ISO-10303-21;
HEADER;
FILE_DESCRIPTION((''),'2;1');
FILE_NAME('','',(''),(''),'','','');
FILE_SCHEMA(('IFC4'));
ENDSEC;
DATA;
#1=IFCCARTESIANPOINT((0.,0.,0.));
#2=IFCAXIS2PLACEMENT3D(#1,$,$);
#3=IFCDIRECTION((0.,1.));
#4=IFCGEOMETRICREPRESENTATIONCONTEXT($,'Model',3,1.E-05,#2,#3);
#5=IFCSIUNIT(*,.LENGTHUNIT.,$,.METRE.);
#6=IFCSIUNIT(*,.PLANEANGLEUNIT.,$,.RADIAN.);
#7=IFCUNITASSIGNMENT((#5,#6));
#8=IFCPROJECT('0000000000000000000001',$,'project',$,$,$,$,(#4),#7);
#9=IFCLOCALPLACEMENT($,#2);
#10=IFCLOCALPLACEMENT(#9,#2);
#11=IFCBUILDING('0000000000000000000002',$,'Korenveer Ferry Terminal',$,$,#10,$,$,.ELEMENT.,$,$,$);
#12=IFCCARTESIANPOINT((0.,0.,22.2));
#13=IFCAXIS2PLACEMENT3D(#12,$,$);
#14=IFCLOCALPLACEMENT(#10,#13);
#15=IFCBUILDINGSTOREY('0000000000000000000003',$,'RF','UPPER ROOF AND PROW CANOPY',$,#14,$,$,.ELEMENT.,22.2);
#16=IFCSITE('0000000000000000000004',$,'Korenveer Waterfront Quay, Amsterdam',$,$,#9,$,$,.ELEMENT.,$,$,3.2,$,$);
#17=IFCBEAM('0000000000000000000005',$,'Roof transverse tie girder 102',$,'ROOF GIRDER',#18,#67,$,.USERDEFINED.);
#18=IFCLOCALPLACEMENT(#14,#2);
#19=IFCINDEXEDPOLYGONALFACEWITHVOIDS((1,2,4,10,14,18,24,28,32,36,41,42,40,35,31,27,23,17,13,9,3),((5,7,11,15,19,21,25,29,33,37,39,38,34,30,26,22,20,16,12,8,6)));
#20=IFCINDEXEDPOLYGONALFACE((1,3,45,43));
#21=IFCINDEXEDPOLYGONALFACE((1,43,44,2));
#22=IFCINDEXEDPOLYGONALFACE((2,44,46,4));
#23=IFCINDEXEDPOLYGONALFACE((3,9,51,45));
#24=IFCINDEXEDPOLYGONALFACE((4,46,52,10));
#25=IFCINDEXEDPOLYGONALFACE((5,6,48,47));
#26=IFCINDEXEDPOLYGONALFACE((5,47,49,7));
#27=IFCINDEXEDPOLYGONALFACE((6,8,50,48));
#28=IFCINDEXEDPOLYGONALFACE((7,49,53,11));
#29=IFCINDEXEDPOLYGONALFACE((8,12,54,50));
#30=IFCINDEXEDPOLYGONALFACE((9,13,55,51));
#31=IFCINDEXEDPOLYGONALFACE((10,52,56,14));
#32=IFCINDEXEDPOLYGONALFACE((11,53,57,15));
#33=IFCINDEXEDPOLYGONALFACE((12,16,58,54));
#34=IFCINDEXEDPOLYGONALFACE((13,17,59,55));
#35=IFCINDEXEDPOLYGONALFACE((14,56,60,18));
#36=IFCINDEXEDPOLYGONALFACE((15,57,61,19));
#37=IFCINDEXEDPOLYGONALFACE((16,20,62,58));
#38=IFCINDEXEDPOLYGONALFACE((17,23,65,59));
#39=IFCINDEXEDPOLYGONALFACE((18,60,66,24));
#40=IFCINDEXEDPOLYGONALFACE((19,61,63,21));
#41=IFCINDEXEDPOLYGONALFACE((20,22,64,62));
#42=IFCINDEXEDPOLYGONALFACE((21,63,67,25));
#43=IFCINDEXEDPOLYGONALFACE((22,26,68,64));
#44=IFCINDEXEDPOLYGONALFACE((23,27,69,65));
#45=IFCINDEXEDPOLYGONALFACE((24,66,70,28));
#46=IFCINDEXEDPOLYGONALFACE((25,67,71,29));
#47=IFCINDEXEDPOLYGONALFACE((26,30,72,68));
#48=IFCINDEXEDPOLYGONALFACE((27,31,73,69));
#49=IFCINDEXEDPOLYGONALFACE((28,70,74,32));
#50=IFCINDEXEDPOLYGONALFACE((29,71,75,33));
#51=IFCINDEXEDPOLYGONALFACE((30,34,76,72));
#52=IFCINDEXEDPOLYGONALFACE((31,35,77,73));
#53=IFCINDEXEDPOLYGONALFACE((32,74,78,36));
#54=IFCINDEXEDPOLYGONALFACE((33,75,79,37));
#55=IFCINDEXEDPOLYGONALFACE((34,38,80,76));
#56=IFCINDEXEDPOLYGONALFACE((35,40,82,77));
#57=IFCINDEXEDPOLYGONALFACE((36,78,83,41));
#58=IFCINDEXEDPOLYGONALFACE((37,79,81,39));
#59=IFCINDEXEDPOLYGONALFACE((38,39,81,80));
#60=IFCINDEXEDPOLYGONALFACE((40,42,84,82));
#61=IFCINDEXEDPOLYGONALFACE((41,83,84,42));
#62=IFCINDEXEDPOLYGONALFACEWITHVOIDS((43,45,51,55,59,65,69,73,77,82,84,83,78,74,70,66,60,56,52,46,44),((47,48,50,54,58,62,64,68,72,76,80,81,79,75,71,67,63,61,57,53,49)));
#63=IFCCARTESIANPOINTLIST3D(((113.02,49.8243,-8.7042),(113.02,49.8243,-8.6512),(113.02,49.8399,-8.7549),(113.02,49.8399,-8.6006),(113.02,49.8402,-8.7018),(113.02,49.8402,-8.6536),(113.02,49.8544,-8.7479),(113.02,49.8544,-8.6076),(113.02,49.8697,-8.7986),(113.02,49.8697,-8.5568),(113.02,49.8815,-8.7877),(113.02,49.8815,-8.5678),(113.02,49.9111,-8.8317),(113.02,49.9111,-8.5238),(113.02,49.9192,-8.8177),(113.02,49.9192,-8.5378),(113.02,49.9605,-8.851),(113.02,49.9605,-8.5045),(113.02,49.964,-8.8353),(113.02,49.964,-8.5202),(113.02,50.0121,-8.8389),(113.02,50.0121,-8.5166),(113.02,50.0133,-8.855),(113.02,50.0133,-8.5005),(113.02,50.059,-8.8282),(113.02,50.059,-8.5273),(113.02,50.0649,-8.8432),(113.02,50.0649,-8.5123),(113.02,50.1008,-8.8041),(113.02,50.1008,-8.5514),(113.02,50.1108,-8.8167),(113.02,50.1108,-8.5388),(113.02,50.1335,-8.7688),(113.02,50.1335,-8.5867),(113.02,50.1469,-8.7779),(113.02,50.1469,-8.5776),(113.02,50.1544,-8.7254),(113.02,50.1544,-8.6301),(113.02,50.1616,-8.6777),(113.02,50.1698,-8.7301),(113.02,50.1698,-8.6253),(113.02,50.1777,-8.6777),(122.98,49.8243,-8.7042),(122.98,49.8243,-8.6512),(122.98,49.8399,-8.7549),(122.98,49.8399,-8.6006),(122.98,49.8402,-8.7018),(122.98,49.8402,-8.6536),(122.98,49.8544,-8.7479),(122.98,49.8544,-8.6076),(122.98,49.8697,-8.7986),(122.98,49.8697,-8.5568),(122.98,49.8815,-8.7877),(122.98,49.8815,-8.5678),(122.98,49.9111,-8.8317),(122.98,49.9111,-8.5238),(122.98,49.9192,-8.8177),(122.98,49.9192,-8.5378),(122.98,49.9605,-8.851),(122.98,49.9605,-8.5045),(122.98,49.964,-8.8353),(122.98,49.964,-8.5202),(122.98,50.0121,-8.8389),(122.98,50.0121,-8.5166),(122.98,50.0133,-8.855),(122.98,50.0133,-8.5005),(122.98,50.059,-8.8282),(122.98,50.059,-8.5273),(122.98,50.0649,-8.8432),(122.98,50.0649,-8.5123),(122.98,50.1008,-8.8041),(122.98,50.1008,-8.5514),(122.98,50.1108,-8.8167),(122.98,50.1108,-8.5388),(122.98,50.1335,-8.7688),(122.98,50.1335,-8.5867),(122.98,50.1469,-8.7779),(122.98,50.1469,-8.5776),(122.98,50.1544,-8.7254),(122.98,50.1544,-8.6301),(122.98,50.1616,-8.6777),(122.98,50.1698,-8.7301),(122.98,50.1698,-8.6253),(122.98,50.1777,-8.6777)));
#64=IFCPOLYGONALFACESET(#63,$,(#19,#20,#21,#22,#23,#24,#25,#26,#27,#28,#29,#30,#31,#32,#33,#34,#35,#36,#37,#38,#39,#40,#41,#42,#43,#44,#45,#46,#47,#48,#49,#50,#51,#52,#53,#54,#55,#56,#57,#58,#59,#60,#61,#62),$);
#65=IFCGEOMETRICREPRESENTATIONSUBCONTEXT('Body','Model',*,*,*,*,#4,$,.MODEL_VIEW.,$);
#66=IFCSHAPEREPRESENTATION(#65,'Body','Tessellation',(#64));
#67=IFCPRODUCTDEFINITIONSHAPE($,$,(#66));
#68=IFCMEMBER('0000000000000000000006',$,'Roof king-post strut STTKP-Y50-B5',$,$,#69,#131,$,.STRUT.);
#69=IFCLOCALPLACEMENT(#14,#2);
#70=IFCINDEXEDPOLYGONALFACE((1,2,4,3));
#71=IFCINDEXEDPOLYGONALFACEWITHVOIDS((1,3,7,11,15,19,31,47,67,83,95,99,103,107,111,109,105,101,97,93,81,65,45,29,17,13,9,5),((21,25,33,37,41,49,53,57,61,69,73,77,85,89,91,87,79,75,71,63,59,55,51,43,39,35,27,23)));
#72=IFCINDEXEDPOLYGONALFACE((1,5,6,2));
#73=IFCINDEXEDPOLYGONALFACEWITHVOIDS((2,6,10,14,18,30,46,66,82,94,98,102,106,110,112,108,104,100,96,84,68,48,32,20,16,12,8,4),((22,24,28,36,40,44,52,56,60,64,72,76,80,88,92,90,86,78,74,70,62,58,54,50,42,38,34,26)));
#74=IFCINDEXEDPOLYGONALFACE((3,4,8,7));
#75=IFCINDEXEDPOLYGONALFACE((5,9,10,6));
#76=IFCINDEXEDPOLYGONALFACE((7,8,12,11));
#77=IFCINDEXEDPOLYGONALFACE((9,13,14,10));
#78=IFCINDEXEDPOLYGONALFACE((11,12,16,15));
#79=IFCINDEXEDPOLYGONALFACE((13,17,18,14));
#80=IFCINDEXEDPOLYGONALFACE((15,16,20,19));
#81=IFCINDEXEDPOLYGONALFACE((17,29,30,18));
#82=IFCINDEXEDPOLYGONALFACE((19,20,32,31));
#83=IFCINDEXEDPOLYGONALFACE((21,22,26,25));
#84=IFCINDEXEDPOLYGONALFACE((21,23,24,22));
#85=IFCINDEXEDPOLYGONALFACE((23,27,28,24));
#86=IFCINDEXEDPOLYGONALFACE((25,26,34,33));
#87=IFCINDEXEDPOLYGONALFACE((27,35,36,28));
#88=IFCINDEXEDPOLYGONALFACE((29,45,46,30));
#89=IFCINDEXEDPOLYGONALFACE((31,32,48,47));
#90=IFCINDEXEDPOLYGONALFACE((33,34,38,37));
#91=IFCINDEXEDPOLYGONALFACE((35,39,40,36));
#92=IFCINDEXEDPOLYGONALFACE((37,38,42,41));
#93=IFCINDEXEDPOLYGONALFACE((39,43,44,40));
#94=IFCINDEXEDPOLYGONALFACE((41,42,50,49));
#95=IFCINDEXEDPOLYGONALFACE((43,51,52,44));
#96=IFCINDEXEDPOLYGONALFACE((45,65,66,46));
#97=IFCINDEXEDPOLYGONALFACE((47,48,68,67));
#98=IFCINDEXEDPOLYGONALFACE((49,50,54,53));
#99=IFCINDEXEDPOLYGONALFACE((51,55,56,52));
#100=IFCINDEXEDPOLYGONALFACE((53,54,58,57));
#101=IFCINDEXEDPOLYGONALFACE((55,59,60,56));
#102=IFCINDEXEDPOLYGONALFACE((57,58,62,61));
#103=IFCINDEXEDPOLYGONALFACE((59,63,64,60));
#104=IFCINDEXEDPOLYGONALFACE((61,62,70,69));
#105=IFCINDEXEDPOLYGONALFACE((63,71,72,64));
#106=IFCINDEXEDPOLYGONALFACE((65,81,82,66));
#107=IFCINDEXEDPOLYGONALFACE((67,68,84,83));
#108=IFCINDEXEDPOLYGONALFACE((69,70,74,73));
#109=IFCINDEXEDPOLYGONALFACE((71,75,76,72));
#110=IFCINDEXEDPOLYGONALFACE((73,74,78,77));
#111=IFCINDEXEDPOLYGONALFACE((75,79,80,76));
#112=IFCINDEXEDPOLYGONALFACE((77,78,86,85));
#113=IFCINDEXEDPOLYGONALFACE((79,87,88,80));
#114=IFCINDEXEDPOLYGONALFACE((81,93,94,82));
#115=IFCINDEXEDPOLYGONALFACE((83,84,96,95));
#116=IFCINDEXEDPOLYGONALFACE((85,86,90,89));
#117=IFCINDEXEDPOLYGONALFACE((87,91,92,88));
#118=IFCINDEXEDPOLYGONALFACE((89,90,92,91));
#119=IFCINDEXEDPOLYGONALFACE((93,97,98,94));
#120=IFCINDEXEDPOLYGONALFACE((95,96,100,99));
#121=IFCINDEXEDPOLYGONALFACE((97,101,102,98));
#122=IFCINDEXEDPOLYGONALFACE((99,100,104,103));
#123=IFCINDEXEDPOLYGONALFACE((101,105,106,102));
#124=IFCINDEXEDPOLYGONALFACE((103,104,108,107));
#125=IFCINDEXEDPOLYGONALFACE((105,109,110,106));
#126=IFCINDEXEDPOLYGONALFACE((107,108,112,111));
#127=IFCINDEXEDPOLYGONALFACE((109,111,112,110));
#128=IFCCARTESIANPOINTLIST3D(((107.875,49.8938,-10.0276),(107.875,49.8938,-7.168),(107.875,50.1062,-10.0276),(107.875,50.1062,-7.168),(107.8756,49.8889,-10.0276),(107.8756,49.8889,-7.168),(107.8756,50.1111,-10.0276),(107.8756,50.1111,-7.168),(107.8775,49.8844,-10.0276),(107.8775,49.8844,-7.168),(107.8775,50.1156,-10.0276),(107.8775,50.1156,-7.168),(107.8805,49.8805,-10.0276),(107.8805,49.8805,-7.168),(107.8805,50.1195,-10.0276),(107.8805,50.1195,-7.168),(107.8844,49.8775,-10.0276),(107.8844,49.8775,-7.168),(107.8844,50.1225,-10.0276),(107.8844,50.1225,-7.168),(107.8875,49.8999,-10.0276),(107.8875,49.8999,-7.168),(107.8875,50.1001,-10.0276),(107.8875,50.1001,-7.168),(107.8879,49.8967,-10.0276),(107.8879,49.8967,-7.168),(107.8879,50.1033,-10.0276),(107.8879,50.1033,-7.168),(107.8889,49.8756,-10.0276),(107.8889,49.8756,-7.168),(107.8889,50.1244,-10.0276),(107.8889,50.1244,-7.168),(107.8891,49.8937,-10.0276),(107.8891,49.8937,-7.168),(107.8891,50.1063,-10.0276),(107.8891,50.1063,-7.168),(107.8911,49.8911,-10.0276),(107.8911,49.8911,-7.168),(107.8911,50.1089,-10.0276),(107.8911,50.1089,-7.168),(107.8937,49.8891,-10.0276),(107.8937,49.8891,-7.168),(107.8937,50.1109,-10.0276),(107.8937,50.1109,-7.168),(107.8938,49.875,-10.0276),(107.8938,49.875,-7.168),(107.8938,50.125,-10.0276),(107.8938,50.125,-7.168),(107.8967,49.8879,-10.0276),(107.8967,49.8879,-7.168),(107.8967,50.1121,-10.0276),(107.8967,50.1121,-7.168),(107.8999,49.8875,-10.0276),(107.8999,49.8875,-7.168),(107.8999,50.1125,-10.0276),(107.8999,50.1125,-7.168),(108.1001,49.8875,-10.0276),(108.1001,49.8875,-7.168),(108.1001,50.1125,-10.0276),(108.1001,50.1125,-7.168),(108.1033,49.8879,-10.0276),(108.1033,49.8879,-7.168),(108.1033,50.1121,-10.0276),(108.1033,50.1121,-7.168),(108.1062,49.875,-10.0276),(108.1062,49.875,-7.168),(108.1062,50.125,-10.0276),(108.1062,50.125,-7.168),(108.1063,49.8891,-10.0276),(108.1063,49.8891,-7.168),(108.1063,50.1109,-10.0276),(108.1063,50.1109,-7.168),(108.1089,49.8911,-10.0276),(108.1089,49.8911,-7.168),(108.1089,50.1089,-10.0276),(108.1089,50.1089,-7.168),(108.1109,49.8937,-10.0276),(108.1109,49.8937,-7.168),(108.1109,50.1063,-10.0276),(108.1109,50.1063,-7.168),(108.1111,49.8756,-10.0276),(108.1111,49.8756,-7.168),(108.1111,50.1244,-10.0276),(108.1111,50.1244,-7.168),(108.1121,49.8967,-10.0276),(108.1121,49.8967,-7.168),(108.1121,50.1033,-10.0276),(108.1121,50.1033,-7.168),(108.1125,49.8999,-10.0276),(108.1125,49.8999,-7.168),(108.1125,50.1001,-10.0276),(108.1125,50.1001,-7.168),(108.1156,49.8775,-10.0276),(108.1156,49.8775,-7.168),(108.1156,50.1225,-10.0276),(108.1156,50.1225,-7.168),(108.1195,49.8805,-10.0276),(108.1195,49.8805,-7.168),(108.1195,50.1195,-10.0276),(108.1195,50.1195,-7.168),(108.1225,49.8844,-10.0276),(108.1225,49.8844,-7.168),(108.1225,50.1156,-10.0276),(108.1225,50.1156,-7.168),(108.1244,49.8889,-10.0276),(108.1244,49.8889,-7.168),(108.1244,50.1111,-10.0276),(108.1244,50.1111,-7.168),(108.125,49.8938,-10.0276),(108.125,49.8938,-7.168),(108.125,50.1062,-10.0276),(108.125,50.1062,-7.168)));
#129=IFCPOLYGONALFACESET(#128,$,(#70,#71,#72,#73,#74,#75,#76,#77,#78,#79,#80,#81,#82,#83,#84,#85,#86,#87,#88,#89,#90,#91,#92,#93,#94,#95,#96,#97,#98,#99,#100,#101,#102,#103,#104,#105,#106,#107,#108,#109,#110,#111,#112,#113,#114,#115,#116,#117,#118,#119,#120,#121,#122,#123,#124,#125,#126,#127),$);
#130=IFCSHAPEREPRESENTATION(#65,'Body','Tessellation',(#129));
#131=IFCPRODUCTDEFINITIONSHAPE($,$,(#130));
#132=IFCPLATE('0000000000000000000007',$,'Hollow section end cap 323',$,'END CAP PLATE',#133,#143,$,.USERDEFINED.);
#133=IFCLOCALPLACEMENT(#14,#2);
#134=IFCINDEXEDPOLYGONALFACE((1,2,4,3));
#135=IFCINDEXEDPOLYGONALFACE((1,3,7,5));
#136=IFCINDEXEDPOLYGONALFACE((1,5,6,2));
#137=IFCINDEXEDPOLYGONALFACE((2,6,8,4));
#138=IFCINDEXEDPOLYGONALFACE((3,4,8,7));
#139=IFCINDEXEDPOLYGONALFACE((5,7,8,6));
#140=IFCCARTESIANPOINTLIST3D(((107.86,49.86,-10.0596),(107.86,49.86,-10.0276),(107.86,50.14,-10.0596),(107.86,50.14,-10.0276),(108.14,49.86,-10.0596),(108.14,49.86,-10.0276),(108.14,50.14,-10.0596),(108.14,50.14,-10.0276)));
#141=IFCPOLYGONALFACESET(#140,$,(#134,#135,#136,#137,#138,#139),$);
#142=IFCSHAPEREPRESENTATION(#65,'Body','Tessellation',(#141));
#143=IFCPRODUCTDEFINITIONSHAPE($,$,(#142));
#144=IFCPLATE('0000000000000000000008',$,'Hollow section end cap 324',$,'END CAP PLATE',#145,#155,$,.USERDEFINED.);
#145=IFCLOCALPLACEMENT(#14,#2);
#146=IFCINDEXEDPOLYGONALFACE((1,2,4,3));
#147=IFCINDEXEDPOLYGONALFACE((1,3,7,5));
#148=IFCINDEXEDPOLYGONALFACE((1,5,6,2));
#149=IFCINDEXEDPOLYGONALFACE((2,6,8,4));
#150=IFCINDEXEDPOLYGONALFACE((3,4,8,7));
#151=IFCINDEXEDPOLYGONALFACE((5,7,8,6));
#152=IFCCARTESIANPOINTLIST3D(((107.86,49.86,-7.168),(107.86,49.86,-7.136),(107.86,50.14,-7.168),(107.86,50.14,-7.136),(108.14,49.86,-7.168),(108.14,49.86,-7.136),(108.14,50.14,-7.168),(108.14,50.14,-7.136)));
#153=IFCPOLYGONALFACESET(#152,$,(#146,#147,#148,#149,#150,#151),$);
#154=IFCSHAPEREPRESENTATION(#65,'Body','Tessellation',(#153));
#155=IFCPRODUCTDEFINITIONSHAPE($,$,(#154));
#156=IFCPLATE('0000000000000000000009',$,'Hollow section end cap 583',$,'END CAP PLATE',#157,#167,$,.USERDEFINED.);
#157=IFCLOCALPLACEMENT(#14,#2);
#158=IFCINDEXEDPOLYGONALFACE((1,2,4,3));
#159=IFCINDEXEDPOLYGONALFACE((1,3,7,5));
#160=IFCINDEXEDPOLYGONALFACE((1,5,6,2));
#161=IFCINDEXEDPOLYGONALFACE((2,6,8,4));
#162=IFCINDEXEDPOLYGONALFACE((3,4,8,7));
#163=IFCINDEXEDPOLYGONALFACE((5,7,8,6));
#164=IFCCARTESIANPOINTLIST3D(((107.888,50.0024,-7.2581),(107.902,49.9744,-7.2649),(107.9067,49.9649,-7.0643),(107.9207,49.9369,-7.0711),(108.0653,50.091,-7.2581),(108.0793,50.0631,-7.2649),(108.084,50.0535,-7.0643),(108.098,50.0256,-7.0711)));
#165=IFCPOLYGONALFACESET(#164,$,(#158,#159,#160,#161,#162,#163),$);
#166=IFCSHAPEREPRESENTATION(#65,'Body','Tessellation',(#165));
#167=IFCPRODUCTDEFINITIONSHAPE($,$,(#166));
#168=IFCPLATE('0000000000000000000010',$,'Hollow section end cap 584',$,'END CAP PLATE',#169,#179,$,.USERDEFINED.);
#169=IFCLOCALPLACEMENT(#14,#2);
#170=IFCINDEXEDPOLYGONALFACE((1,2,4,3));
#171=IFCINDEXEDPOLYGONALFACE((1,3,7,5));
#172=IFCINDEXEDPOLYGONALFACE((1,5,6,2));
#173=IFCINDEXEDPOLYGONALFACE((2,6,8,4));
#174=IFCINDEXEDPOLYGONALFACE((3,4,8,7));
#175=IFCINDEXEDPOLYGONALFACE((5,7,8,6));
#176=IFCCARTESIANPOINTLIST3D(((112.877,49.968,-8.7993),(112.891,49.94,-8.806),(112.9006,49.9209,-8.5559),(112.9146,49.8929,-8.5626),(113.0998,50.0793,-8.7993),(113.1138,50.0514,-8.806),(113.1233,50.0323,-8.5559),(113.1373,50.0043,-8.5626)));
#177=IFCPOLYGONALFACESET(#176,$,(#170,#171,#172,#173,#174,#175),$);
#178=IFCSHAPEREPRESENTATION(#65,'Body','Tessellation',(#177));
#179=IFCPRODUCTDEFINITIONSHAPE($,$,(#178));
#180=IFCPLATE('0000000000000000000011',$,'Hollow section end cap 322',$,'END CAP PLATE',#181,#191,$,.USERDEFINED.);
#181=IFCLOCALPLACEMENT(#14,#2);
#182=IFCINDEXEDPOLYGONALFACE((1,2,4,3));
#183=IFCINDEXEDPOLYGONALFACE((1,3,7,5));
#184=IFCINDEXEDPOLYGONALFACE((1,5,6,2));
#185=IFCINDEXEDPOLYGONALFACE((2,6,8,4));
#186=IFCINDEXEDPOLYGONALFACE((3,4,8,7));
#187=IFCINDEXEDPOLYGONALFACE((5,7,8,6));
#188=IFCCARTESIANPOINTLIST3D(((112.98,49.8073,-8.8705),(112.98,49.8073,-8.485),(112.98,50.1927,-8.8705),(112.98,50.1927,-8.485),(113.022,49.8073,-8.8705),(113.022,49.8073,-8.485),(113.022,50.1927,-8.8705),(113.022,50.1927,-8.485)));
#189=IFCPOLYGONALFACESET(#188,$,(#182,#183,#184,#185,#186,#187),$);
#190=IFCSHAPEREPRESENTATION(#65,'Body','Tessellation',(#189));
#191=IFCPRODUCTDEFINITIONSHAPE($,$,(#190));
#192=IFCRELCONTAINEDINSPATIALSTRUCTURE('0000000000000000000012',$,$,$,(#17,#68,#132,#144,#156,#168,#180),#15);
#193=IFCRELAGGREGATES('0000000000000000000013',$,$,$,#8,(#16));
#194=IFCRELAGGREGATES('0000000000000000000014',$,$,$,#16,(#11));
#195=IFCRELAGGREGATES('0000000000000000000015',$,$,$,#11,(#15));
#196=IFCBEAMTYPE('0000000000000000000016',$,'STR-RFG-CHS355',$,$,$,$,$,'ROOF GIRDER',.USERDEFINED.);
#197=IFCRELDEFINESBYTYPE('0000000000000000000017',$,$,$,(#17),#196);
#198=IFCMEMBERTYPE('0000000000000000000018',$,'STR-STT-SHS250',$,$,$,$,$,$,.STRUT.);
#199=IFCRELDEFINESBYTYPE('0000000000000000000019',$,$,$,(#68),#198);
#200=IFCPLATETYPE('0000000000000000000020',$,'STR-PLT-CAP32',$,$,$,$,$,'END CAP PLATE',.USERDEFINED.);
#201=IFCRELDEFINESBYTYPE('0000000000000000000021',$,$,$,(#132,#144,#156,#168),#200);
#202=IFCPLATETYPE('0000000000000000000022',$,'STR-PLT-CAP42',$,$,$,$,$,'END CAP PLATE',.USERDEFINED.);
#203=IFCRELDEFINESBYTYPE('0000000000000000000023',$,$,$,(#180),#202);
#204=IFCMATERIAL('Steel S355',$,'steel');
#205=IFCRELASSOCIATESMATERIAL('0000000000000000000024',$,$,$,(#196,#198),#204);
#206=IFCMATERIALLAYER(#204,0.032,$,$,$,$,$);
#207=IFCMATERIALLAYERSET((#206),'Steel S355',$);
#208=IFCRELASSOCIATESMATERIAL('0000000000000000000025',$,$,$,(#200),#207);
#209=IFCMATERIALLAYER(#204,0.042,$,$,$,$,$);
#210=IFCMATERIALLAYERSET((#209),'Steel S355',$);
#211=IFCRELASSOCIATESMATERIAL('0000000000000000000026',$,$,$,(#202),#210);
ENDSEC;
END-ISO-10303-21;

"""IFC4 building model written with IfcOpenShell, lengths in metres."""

from ifc_helpers import new_model, si_unit, direction, frame, origin, origin_2d, place, context, subcontext, project, spatial, rectangle, hollow_rectangle, hollow_circle, extrude, material, layer, layer_set, material_profile, profile_set, type_object, element, save


model = new_model("IFC4")

# Units and contexts
model_context = context("Model", 3, precision=1e-05, world=origin(), true_north=direction((0.0, 1.0)))
body_context = subcontext(model_context, "Body", "Model", "MODEL_VIEW")
ifc_project = project(units=[si_unit("LENGTHUNIT", "METRE"), si_unit("PLANEANGLEUNIT", "RADIAN")], contexts=[model_context])

# Site, building, storey
site_placement = place(None, origin())
site = spatial("IfcSite", under=ifc_project, at=site_placement, Name="Korenveer Waterfront Quay, Amsterdam", CompositionType="ELEMENT", RefElevation=3.2)
building_placement = place(site_placement, origin())
building = spatial("IfcBuilding", under=site, at=building_placement, Name="Korenveer Ferry Terminal", CompositionType="ELEMENT")
storey_placement = place(building_placement, frame((0.0, 0.0, 22.2)))
storey = spatial("IfcBuildingStorey", under=building, at=storey_placement, Name="RF", Description="UPPER ROOF AND PROW CANOPY", CompositionType="ELEMENT", Elevation=22.2)

# Shared definitions
ifc_material_1 = material(Name="Steel S355", Category="steel")

# Beam
ifc_material_profile_1 = material_profile(ifc_material_1, hollow_circle(Radius=0.1777, WallThickness=0.0161, at=origin_2d()), Name="CHS 355.6x16")
ifc_profile_set_1 = profile_set([ifc_material_profile_1], Name="Steel S355")
beam_type_1 = type_object("IfcBeamType", Name="STR-RFG-CHS355", ElementType="ROOF GIRDER", PredefinedType="USERDEFINED", material=ifc_profile_set_1)
for number, where, z_axis, x_axis, name in (
    (1, (113.02, 50.0, -8.6777), (1.0, 0.0, 0.0), (0.0, 1.0, 0.0), "Roof transverse tie girder 102"),
):
    element("IfcBeam", number, at=place(storey_placement, frame(where, z_axis=z_axis, x_axis=x_axis)), inside=storey, type_object=beam_type_1, Name=name, ObjectType="ROOF GIRDER", PredefinedType="USERDEFINED", context=body_context, shape_type="SweptSolid", body=[
        extrude(hollow_circle(Radius=0.1777, WallThickness=0.0161, at=origin_2d()), origin(), (0.0, 0.0, 1.0), 9.96),
    ])

# Member
ifc_material_profile_2 = material_profile(ifc_material_1, hollow_rectangle(XDim=0.25, YDim=0.25, WallThickness=0.0125, InnerFilletRadius=0.0125, OuterFilletRadius=0.0188, at=origin_2d()), Name="SHS 250x250x12.5")
ifc_profile_set_2 = profile_set([ifc_material_profile_2], Name="Steel S355")
member_type_1 = type_object("IfcMemberType", Name="STR-STT-SHS250", PredefinedType="STRUT", material=ifc_profile_set_2)
member_1_placement = place(storey_placement, frame((108.0, 50.0, -10.0276), z_axis=(0.0, 0.0, 1.0), x_axis=(1.0, 0.0, 0.0)))
element("IfcMember", 2, at=member_1_placement, inside=storey, type_object=member_type_1, Name="Roof king-post strut STTKP-Y50-B5", PredefinedType="STRUT", context=body_context, shape_type="SweptSolid", body=[
    extrude(hollow_rectangle(XDim=0.25, YDim=0.25, WallThickness=0.0125, InnerFilletRadius=0.0125, OuterFilletRadius=0.0188, at=origin_2d()), origin(), (0.0, 0.0, 1.0), 2.8596),
])

# Plates
ifc_layer_1 = layer(ifc_material_1, 0.032)
ifc_layer_set_1 = layer_set([ifc_layer_1], Name="Steel S355")
plate_type_1 = type_object("IfcPlateType", Name="STR-PLT-CAP32", ElementType="END CAP PLATE", PredefinedType="USERDEFINED", material=ifc_layer_set_1)
for number, where, z_axis, x_axis, name in (
    (3, (108.0, 50.0, -10.0596), (0.0, 0.0, 1.0), (1.0, 0.0, 0.0), "Hollow section end cap 323"),
    (4, (108.0, 50.0, -7.168), (0.0, 0.0, 1.0), (1.0, 0.0, 0.0), "Hollow section end cap 324"),
):
    element("IfcPlate", number, at=place(storey_placement, frame(where, z_axis=z_axis, x_axis=x_axis)), inside=storey, type_object=plate_type_1, Name=name, ObjectType="END CAP PLATE", PredefinedType="USERDEFINED", context=body_context, shape_type="SweptSolid", body=[
        extrude(rectangle(XDim=0.28, YDim=0.28, at=origin_2d()), origin(), (0.0, 0.0, 1.0), 0.032),
    ])
plate_1_placement = place(storey_placement, frame((108.0, 50.0, -7.168), z_axis=(-0.43711, 0.874221, 0.21136), x_axis=(-0.894427, -0.447214, 0.0)))
element("IfcPlate", 5, at=plate_1_placement, inside=storey, type_object=plate_type_1, Name="Hollow section end cap 583", ObjectType="END CAP PLATE", PredefinedType="USERDEFINED", context=body_context, shape_type="SweptSolid", body=[
    extrude(rectangle(XDim=0.1982, YDim=0.1982, at=origin_2d()), origin(), (0.0, 0.0, 1.0), 0.032),
])
plate_2_placement = place(storey_placement, frame((113.0142, 49.9722, -8.6843), z_axis=(-0.43711, 0.874221, 0.21136), x_axis=(-0.894427, -0.447214, 0.0)))
element("IfcPlate", 6, at=plate_2_placement, inside=storey, type_object=plate_type_1, Name="Hollow section end cap 584", ObjectType="END CAP PLATE", PredefinedType="USERDEFINED", context=body_context, shape_type="SweptSolid", body=[
    extrude(rectangle(XDim=0.249, YDim=0.249, at=origin_2d()), origin(), (0.0, 0.0, 1.0), 0.032),
])
ifc_layer_2 = layer(ifc_material_1, 0.042)
ifc_layer_set_2 = layer_set([ifc_layer_2], Name="Steel S355")
plate_type_2 = type_object("IfcPlateType", Name="STR-PLT-CAP42", ElementType="END CAP PLATE", PredefinedType="USERDEFINED", material=ifc_layer_set_2)
plate_3_placement = place(storey_placement, frame((112.98, 50.0, -8.6777), z_axis=(1.0, 0.0, 0.0), x_axis=(0.0, 1.0, 0.0)))
element("IfcPlate", 7, at=plate_3_placement, inside=storey, type_object=plate_type_2, Name="Hollow section end cap 322", ObjectType="END CAP PLATE", PredefinedType="USERDEFINED", context=body_context, shape_type="SweptSolid", body=[
    extrude(rectangle(XDim=0.3855, YDim=0.3855, at=origin_2d()), origin(), (0.0, 0.0, 1.0), 0.042),
])

save(model, "model.ifc")
